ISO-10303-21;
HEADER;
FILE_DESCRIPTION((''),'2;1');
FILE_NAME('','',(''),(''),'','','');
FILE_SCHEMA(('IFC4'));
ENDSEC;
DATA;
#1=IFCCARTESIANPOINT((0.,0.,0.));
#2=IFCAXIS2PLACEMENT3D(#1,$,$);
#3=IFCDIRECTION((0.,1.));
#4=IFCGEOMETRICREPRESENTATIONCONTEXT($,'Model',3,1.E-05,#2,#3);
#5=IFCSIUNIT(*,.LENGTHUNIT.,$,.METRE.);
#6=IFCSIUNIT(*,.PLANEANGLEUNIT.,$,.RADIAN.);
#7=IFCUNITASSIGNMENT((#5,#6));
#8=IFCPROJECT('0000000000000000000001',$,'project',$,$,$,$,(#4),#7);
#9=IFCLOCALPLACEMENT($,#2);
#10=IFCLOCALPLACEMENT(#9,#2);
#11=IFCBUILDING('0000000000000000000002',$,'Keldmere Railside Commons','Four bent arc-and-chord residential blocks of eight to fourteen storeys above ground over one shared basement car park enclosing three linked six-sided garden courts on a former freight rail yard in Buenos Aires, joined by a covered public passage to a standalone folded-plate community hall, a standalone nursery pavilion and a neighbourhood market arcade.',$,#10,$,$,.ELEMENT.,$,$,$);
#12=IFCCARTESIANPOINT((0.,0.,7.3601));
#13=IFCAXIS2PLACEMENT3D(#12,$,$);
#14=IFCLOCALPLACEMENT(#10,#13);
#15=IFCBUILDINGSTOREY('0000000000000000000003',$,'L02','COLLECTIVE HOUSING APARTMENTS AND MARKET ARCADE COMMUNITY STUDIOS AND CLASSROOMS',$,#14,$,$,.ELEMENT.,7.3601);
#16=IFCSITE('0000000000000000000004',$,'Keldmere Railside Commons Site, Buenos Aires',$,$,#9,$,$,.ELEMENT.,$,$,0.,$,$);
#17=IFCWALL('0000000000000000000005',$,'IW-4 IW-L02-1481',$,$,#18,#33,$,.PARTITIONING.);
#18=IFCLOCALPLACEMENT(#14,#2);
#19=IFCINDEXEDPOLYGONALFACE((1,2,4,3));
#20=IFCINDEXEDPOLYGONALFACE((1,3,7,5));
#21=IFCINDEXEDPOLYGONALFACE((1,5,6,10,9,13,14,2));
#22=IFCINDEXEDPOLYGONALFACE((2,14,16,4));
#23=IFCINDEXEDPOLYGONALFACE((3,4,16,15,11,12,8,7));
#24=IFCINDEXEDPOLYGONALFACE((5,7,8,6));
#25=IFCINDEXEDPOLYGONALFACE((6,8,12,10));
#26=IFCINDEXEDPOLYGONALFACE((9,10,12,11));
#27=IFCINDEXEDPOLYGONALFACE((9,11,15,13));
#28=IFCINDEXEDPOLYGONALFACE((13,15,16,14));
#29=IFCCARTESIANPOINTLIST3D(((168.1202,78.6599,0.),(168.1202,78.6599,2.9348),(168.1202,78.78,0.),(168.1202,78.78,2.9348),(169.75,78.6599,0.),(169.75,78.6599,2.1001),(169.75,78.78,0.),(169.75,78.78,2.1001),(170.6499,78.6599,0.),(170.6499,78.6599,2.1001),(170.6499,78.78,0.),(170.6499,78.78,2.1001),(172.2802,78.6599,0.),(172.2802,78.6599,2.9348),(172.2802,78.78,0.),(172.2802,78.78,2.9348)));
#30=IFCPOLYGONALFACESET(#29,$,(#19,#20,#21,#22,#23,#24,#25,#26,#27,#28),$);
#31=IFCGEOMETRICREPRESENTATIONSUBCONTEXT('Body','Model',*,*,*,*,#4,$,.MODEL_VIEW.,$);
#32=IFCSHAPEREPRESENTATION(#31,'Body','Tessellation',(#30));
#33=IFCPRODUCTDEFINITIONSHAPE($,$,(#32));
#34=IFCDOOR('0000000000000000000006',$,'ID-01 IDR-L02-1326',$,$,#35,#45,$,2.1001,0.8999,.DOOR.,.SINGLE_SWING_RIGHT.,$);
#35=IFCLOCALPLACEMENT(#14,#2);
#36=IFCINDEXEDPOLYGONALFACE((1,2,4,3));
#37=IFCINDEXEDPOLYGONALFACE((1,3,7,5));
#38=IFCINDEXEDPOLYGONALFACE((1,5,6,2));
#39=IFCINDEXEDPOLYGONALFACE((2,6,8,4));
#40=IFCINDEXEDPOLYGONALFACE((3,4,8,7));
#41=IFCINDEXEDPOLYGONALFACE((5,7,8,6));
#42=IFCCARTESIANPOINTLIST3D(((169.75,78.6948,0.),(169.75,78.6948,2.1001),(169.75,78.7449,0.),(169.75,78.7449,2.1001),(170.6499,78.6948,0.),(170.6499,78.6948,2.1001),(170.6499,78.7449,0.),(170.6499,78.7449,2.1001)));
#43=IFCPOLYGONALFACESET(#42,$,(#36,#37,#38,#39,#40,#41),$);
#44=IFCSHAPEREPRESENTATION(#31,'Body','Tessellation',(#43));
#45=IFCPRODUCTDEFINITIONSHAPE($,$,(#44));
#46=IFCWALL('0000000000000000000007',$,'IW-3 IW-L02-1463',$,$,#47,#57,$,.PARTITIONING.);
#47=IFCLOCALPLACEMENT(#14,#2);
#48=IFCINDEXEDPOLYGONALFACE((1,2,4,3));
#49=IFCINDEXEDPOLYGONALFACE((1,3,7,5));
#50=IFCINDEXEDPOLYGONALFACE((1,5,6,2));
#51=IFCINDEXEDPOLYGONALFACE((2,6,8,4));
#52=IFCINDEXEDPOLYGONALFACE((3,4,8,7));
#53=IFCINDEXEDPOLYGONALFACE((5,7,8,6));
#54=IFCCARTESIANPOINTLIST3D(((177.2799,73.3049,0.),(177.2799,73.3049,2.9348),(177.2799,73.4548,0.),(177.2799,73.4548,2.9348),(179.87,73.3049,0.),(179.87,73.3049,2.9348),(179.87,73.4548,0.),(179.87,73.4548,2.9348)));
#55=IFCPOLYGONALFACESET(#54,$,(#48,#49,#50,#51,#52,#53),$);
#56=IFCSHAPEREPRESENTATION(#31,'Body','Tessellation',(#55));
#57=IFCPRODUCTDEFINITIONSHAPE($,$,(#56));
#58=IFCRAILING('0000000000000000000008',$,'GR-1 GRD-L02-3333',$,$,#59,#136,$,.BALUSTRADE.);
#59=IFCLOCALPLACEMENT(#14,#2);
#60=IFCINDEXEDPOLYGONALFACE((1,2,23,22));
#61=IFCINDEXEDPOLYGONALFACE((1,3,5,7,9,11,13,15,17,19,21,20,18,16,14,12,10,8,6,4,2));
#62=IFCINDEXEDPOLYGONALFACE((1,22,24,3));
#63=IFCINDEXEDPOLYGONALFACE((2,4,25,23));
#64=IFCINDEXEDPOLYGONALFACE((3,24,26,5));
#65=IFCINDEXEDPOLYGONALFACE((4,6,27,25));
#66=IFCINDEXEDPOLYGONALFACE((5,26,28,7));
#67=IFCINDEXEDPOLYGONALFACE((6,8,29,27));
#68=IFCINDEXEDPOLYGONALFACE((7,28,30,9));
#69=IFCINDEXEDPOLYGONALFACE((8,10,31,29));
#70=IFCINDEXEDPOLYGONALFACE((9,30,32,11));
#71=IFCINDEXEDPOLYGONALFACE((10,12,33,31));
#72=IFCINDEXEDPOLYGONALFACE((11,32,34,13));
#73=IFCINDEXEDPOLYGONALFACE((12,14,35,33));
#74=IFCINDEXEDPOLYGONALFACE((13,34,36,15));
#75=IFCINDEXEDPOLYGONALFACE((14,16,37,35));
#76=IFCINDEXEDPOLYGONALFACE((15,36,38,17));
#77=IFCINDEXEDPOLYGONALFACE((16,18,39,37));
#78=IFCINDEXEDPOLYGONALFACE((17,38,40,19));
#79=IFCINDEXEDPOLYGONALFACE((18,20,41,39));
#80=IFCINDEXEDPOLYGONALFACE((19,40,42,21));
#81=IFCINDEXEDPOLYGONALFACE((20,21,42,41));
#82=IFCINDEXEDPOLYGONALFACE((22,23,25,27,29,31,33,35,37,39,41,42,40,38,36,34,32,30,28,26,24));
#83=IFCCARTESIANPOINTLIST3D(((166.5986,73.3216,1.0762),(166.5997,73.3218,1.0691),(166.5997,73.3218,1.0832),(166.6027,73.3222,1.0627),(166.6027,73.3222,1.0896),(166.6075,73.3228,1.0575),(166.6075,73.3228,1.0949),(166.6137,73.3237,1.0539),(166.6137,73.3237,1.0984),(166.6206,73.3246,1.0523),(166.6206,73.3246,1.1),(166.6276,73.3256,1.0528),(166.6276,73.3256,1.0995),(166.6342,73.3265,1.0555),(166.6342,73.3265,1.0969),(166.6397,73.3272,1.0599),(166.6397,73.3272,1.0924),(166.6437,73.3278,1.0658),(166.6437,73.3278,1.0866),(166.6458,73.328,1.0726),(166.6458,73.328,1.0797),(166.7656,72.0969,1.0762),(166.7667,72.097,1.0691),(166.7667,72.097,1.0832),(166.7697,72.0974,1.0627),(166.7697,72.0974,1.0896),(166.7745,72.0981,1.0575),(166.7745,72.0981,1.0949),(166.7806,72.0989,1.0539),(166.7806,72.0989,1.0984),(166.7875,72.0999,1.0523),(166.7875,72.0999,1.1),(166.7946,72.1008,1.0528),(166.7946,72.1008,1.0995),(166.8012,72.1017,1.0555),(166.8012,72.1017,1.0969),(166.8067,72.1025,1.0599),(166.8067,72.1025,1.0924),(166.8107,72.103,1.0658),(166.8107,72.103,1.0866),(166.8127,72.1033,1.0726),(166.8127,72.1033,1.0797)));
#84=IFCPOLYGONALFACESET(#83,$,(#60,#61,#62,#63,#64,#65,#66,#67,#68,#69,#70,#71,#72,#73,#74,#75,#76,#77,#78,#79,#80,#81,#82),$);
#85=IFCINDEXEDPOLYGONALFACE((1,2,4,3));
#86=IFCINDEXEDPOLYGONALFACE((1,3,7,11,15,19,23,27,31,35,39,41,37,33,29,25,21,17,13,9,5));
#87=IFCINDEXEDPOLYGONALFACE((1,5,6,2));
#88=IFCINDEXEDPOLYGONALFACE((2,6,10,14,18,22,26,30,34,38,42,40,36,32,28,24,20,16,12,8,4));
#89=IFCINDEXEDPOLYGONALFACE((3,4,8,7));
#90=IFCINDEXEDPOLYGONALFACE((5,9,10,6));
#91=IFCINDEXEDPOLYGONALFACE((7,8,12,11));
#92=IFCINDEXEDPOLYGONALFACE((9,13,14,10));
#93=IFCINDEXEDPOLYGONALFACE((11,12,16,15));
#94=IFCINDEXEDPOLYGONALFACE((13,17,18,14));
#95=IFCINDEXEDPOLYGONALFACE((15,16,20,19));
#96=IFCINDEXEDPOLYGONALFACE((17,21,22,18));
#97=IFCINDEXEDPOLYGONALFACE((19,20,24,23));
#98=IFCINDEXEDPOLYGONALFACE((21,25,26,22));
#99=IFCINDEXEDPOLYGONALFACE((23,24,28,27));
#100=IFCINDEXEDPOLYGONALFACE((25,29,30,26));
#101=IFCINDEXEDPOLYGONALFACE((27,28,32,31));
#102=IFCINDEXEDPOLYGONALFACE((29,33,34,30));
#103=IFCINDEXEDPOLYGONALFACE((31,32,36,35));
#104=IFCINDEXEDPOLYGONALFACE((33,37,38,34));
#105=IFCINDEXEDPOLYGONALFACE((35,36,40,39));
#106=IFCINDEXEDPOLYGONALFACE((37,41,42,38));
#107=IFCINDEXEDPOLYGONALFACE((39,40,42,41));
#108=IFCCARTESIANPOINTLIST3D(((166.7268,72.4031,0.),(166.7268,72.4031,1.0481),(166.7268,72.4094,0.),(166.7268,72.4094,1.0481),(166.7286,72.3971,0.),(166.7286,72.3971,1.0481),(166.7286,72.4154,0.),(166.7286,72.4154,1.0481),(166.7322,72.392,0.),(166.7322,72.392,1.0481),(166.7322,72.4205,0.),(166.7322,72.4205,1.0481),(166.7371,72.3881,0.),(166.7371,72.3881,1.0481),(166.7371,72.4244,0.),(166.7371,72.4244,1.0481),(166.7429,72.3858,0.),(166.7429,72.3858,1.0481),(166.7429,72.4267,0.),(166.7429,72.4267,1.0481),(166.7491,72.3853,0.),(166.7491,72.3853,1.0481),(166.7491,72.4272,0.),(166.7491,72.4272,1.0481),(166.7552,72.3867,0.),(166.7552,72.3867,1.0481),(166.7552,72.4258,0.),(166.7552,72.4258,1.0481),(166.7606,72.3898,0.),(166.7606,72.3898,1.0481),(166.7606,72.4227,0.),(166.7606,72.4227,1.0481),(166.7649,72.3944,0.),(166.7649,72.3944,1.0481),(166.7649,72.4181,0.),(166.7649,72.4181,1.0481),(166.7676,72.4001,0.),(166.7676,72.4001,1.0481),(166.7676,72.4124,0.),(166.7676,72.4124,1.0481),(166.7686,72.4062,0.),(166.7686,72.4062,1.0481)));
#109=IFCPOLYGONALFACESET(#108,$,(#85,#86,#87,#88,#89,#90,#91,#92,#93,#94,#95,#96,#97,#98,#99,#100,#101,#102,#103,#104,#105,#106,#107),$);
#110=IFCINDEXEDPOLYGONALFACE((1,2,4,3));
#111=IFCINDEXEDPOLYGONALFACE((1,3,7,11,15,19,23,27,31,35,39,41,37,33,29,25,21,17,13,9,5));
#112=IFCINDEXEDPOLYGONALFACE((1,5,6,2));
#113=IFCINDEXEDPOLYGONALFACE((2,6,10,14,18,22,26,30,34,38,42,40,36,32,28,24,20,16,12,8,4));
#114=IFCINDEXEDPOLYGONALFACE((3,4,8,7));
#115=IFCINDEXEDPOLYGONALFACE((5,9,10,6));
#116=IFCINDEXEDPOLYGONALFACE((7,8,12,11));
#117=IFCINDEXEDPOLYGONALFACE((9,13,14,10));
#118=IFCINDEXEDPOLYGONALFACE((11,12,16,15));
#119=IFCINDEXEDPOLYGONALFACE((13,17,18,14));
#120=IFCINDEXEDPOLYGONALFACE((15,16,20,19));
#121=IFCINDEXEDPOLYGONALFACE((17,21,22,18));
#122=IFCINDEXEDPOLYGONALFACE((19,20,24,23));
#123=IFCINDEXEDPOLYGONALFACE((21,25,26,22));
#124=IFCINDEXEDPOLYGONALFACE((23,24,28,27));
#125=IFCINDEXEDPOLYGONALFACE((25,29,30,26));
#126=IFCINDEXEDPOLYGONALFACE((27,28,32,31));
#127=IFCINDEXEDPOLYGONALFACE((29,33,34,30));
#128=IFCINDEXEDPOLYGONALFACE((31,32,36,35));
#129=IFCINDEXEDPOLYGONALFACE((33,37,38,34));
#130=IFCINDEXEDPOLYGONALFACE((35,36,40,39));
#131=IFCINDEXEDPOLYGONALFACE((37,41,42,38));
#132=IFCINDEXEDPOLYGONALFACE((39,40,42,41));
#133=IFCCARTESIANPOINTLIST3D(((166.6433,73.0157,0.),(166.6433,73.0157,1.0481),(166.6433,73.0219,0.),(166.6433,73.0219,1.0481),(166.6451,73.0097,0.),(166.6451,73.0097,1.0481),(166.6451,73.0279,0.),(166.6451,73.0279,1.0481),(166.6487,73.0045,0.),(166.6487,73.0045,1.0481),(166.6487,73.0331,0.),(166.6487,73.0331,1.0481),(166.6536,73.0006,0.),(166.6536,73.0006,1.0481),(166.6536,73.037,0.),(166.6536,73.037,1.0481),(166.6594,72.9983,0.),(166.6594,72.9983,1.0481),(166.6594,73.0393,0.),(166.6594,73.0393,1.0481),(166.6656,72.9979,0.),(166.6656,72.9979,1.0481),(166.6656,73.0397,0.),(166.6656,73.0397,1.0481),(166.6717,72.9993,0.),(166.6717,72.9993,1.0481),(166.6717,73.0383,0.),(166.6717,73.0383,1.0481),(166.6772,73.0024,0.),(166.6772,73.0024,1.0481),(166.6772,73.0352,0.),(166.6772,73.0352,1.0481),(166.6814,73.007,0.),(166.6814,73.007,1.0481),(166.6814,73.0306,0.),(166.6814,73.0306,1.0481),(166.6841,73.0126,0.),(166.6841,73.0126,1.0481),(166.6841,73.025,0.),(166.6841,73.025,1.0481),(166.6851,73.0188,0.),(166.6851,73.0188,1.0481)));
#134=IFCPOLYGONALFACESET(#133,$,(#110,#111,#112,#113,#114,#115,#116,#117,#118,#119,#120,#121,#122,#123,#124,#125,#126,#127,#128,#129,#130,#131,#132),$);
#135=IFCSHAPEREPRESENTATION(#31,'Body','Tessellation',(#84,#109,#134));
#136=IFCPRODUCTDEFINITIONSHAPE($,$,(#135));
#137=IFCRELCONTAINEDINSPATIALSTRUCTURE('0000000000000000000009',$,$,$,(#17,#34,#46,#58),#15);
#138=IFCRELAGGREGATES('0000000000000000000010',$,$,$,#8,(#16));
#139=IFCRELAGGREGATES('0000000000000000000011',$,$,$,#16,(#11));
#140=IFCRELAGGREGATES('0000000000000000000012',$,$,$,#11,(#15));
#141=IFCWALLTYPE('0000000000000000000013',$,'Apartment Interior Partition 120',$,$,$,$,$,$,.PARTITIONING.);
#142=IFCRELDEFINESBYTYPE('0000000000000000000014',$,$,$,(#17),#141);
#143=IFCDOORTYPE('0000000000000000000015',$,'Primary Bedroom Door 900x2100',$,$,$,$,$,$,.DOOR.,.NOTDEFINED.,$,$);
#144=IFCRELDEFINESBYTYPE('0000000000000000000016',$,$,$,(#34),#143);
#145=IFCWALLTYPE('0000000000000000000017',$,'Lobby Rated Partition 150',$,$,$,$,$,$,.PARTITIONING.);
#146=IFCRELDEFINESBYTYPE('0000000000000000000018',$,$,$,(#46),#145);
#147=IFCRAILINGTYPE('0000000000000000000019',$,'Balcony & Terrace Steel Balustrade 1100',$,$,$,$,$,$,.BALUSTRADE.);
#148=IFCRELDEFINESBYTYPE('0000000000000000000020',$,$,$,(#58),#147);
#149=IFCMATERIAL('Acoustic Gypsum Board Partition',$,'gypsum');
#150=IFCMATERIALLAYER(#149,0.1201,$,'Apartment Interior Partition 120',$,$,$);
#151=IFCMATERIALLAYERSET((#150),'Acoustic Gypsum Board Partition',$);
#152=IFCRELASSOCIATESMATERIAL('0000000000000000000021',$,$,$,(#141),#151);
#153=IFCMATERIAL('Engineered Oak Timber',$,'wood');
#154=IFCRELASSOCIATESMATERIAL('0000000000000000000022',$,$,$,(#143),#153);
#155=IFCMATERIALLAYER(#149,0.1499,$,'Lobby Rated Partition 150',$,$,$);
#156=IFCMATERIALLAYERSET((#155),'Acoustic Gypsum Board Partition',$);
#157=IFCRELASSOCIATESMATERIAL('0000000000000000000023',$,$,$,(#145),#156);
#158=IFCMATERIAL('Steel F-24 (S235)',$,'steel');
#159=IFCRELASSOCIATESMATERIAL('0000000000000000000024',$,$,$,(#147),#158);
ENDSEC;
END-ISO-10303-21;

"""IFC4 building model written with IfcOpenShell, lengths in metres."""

from ifc_helpers import new_model, si_unit, direction, frame, frame_2d, origin, origin_2d, place, context, subcontext, project, spatial, rectangle, circle, extrude, material, layer, layer_set, type_object, element, fill, save


model = new_model("IFC4")

# Units and contexts
model_context = context("Model", 3, precision=1e-05, world=origin(), true_north=direction((0.0, 1.0)))
body_context = subcontext(model_context, "Body", "Model", "MODEL_VIEW")
ifc_project = project(units=[si_unit("LENGTHUNIT", "METRE"), si_unit("PLANEANGLEUNIT", "RADIAN")], contexts=[model_context])

# Site, building, storey
site_placement = place(None, origin())
site = spatial("IfcSite", under=ifc_project, at=site_placement, Name="Keldmere Railside Commons Site, Buenos Aires", CompositionType="ELEMENT", RefElevation=0.0)
building_placement = place(site_placement, origin())
building = spatial("IfcBuilding", under=site, at=building_placement, Name="Keldmere Railside Commons", Description="Four bent arc-and-chord residential blocks of eight to fourteen storeys above ground over one shared basement car park enclosing three linked six-sided garden courts on a former freight rail yard in Buenos Aires, joined by a covered public passage to a standalone folded-plate community hall, a standalone nursery pavilion and a neighbourhood market arcade.", CompositionType="ELEMENT")
storey_placement = place(building_placement, frame((0.0, 0.0, 7.3601)))
storey = spatial("IfcBuildingStorey", under=building, at=storey_placement, Name="L02", Description="COLLECTIVE HOUSING APARTMENTS AND MARKET ARCADE COMMUNITY STUDIOS AND CLASSROOMS", CompositionType="ELEMENT", Elevation=7.3601)

# Shared definitions
ifc_material_1 = material(Name="Acoustic Gypsum Board Partition", Category="gypsum")

# Shared definitions
ifc_layer_1 = layer(ifc_material_1, 0.1201, Name="Apartment Interior Partition 120")
ifc_layer_set_1 = layer_set([ifc_layer_1], Name="Acoustic Gypsum Board Partition")
wall_type_1 = type_object("IfcWallType", Name="Apartment Interior Partition 120", PredefinedType="PARTITIONING", material=ifc_layer_set_1)
ifc_material_2 = material(Name="Engineered Oak Timber", Category="wood")

# Wall, opening, door
wall_1_placement = place(storey_placement, frame((168.1201, 78.72, 0.0), z_axis=(0.0, 0.0, 1.0), x_axis=(1.0, 0.0, 0.0)))
wall_1 = element("IfcWall", 1, at=wall_1_placement, inside=storey, type_object=wall_type_1, Name="IW-4 IW-L02-1481", PredefinedType="PARTITIONING", context=body_context, shape_type="SweptSolid", body=[
    extrude(rectangle(XDim=4.1599, YDim=0.1201, at=frame_2d((2.0801, 0.0))), origin(), (0.0, 0.0, 1.0), 2.9348),
])
opening_1_placement = place(wall_1_placement, frame((1.6299, 0.0, 0.0)))
opening_1 = element("IfcOpeningElement", 2, at=opening_1_placement, cuts=wall_1, PredefinedType="OPENING", context=body_context, shape_type="SweptSolid", body=[
    extrude(rectangle(XDim=0.8999, YDim=2.1001, at=frame_2d((0.45, 1.05))), frame((0.0, 0.0701, 0.0), z_axis=(0.0, -1.0, 0.0), x_axis=(1.0, 0.0, 0.0)), (0.0, 0.0, 1.0), 0.1401),
])
door_type_1 = type_object("IfcDoorType", Name="Primary Bedroom Door 900x2100", OperationType="NOTDEFINED", PredefinedType="DOOR", material=ifc_material_2)
door_1_placement = place(opening_1_placement, origin())
door_1 = element("IfcDoor", 3, at=door_1_placement, inside=storey, type_object=door_type_1, Name="ID-01 IDR-L02-1326", OperationType="SINGLE_SWING_RIGHT", OverallHeight=2.1001, OverallWidth=0.8999, PredefinedType="DOOR", context=body_context, shape_type="SweptSolid", body=[
    extrude(rectangle(XDim=0.8999, YDim=2.1001, at=frame_2d((0.45, 1.05))), frame((0.0, 0.0249, 0.0), z_axis=(0.0, -1.0, 0.0), x_axis=(1.0, 0.0, 0.0)), (0.0, 0.0, 1.0), 0.05),
])
fill(opening_1, door_1)

# Wall
ifc_layer_2 = layer(ifc_material_1, 0.1499, Name="Lobby Rated Partition 150")
ifc_layer_set_2 = layer_set([ifc_layer_2], Name="Acoustic Gypsum Board Partition")
wall_type_2 = type_object("IfcWallType", Name="Lobby Rated Partition 150", PredefinedType="PARTITIONING", material=ifc_layer_set_2)
wall_2_placement = place(storey_placement, frame((177.28, 73.3799, 0.0), z_axis=(0.0, 0.0, 1.0), x_axis=(1.0, 0.0, 0.0)))
element("IfcWall", 4, at=wall_2_placement, inside=storey, type_object=wall_type_2, Name="IW-3 IW-L02-1463", PredefinedType="PARTITIONING", context=body_context, shape_type="SweptSolid", body=[
    extrude(rectangle(XDim=2.5901, YDim=0.1499, at=frame_2d((1.2949, 0.0))), origin(), (0.0, 0.0, 1.0), 2.9348),
])

# Railing
ifc_material_3 = material(Name="Steel F-24 (S235)", Category="steel")
railing_type = type_object("IfcRailingType", Name="Balcony & Terrace Steel Balustrade 1100", PredefinedType="BALUSTRADE", material=ifc_material_3)
railing_1_placement = place(storey_placement, frame((166.7893, 72.1001, 0.0)))
element("IfcRailing", 5, at=railing_1_placement, inside=storey, type_object=railing_type, Name="GR-1 GRD-L02-3333", PredefinedType="BALUSTRADE", context=body_context, shape_type="SweptSolid", body=[
    extrude(circle(Radius=0.0239, at=origin_2d()), frame((0.0, 0.0, 1.0762), z_axis=(-0.135087, 0.990834, 0.0), x_axis=(-0.990834, -0.135087, 0.0)), (0.0, 0.0, 1.0), 1.2361),
    extrude(circle(Radius=0.021, at=origin_2d()), frame((-0.0417, 0.3062, 0.0)), (0.0, 0.0, 1.0), 1.0481),
    extrude(circle(Radius=0.021, at=origin_2d()), frame((-0.1252, 0.9187, 0.0)), (0.0, 0.0, 1.0), 1.0481),
])

save(model, "model.ifc")
